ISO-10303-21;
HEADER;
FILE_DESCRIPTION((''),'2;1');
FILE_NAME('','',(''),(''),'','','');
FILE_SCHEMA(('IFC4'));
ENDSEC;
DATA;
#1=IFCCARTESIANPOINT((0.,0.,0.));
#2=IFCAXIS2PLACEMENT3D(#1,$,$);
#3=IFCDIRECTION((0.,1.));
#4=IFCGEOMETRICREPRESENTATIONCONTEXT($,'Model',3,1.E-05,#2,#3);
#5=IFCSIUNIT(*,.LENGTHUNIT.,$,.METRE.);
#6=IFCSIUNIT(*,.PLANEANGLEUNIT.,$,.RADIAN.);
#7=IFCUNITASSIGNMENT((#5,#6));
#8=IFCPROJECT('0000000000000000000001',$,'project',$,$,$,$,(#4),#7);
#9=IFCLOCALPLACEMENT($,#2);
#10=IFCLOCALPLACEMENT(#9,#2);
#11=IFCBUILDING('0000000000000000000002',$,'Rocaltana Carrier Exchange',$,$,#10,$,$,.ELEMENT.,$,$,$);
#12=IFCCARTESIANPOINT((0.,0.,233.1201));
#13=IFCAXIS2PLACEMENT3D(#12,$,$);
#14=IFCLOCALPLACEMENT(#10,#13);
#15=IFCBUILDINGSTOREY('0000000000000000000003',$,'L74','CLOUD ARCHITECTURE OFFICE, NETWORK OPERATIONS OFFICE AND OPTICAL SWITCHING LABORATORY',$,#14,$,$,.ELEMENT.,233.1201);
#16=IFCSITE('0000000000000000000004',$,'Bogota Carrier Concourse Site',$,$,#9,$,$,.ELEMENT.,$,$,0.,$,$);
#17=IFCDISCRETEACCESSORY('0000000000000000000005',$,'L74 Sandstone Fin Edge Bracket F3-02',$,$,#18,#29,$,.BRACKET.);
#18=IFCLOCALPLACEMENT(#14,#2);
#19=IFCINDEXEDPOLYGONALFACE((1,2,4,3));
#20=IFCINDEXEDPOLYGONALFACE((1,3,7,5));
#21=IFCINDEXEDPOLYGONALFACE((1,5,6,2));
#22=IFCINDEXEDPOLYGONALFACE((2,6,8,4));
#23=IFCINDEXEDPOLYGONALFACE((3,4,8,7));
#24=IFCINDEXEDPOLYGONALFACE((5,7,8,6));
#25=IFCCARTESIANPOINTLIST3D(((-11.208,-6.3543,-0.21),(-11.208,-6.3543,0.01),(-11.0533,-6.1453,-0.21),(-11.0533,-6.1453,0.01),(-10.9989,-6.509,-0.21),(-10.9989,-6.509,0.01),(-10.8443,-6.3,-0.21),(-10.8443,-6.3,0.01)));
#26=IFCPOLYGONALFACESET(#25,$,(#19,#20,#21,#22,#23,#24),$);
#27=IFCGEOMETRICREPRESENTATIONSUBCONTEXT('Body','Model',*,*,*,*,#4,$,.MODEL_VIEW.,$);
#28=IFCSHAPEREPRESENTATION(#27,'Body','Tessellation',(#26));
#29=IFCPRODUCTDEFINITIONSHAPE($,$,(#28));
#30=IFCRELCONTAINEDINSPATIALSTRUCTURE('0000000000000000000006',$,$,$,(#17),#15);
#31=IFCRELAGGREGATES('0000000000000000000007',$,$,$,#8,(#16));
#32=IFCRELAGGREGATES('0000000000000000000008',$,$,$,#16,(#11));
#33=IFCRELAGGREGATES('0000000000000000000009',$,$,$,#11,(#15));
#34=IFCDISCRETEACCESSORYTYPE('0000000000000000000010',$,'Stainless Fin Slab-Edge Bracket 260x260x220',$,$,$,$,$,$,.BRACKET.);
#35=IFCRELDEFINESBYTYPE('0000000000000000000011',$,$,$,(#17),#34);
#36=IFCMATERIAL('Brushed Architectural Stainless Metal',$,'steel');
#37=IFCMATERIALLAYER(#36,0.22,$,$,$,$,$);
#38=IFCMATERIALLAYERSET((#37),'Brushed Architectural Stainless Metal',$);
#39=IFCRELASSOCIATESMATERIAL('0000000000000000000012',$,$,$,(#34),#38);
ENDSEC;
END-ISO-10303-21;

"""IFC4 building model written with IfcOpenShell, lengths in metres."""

from ifc_helpers import new_model, si_unit, direction, frame, origin, origin_2d, place, context, subcontext, project, spatial, rectangle, extrude, material, layer, layer_set, type_object, element, save


model = new_model("IFC4")

# Units and contexts
model_context = context("Model", 3, precision=1e-05, world=origin(), true_north=direction((0.0, 1.0)))
body_context = subcontext(model_context, "Body", "Model", "MODEL_VIEW")
ifc_project = project(units=[si_unit("LENGTHUNIT", "METRE"), si_unit("PLANEANGLEUNIT", "RADIAN")], contexts=[model_context])

# Site, building, storey
site_placement = place(None, origin())
site = spatial("IfcSite", under=ifc_project, at=site_placement, Name="Bogota Carrier Concourse Site", CompositionType="ELEMENT", RefElevation=0.0)
building_placement = place(site_placement, origin())
building = spatial("IfcBuilding", under=site, at=building_placement, Name="Rocaltana Carrier Exchange", CompositionType="ELEMENT")
storey_placement = place(building_placement, frame((0.0, 0.0, 233.1201)))
storey = spatial("IfcBuildingStorey", under=building, at=storey_placement, Name="L74", Description="CLOUD ARCHITECTURE OFFICE, NETWORK OPERATIONS OFFICE AND OPTICAL SWITCHING LABORATORY", CompositionType="ELEMENT", Elevation=233.1201)

# Discrete accessory
ifc_material_1 = material(Name="Brushed Architectural Stainless Metal", Category="steel")
ifc_layer_1 = layer(ifc_material_1, 0.22)
ifc_layer_set_1 = layer_set([ifc_layer_1], Name="Brushed Architectural Stainless Metal")
discrete_accessory_type = type_object("IfcDiscreteAccessoryType", Name="Stainless Fin Slab-Edge Bracket 260x260x220", PredefinedType="BRACKET", material=ifc_layer_set_1)
for number, where, z_axis, x_axis, name in (
    (1, (-11.0261, -6.3271, -0.21), (0.0, 0.0, 1.0), (0.803857, -0.594823, 0.0), "L74 Sandstone Fin Edge Bracket F3-02"),
):
    element("IfcDiscreteAccessory", number, at=place(storey_placement, frame(where, z_axis=z_axis, x_axis=x_axis)), inside=storey, type_object=discrete_accessory_type, Name=name, PredefinedType="BRACKET", context=body_context, shape_type="SweptSolid", body=[
        extrude(rectangle(XDim=0.26, YDim=0.26, at=origin_2d()), origin(), (0.0, 0.0, 1.0), 0.22),
    ])

save(model, "model.ifc")
